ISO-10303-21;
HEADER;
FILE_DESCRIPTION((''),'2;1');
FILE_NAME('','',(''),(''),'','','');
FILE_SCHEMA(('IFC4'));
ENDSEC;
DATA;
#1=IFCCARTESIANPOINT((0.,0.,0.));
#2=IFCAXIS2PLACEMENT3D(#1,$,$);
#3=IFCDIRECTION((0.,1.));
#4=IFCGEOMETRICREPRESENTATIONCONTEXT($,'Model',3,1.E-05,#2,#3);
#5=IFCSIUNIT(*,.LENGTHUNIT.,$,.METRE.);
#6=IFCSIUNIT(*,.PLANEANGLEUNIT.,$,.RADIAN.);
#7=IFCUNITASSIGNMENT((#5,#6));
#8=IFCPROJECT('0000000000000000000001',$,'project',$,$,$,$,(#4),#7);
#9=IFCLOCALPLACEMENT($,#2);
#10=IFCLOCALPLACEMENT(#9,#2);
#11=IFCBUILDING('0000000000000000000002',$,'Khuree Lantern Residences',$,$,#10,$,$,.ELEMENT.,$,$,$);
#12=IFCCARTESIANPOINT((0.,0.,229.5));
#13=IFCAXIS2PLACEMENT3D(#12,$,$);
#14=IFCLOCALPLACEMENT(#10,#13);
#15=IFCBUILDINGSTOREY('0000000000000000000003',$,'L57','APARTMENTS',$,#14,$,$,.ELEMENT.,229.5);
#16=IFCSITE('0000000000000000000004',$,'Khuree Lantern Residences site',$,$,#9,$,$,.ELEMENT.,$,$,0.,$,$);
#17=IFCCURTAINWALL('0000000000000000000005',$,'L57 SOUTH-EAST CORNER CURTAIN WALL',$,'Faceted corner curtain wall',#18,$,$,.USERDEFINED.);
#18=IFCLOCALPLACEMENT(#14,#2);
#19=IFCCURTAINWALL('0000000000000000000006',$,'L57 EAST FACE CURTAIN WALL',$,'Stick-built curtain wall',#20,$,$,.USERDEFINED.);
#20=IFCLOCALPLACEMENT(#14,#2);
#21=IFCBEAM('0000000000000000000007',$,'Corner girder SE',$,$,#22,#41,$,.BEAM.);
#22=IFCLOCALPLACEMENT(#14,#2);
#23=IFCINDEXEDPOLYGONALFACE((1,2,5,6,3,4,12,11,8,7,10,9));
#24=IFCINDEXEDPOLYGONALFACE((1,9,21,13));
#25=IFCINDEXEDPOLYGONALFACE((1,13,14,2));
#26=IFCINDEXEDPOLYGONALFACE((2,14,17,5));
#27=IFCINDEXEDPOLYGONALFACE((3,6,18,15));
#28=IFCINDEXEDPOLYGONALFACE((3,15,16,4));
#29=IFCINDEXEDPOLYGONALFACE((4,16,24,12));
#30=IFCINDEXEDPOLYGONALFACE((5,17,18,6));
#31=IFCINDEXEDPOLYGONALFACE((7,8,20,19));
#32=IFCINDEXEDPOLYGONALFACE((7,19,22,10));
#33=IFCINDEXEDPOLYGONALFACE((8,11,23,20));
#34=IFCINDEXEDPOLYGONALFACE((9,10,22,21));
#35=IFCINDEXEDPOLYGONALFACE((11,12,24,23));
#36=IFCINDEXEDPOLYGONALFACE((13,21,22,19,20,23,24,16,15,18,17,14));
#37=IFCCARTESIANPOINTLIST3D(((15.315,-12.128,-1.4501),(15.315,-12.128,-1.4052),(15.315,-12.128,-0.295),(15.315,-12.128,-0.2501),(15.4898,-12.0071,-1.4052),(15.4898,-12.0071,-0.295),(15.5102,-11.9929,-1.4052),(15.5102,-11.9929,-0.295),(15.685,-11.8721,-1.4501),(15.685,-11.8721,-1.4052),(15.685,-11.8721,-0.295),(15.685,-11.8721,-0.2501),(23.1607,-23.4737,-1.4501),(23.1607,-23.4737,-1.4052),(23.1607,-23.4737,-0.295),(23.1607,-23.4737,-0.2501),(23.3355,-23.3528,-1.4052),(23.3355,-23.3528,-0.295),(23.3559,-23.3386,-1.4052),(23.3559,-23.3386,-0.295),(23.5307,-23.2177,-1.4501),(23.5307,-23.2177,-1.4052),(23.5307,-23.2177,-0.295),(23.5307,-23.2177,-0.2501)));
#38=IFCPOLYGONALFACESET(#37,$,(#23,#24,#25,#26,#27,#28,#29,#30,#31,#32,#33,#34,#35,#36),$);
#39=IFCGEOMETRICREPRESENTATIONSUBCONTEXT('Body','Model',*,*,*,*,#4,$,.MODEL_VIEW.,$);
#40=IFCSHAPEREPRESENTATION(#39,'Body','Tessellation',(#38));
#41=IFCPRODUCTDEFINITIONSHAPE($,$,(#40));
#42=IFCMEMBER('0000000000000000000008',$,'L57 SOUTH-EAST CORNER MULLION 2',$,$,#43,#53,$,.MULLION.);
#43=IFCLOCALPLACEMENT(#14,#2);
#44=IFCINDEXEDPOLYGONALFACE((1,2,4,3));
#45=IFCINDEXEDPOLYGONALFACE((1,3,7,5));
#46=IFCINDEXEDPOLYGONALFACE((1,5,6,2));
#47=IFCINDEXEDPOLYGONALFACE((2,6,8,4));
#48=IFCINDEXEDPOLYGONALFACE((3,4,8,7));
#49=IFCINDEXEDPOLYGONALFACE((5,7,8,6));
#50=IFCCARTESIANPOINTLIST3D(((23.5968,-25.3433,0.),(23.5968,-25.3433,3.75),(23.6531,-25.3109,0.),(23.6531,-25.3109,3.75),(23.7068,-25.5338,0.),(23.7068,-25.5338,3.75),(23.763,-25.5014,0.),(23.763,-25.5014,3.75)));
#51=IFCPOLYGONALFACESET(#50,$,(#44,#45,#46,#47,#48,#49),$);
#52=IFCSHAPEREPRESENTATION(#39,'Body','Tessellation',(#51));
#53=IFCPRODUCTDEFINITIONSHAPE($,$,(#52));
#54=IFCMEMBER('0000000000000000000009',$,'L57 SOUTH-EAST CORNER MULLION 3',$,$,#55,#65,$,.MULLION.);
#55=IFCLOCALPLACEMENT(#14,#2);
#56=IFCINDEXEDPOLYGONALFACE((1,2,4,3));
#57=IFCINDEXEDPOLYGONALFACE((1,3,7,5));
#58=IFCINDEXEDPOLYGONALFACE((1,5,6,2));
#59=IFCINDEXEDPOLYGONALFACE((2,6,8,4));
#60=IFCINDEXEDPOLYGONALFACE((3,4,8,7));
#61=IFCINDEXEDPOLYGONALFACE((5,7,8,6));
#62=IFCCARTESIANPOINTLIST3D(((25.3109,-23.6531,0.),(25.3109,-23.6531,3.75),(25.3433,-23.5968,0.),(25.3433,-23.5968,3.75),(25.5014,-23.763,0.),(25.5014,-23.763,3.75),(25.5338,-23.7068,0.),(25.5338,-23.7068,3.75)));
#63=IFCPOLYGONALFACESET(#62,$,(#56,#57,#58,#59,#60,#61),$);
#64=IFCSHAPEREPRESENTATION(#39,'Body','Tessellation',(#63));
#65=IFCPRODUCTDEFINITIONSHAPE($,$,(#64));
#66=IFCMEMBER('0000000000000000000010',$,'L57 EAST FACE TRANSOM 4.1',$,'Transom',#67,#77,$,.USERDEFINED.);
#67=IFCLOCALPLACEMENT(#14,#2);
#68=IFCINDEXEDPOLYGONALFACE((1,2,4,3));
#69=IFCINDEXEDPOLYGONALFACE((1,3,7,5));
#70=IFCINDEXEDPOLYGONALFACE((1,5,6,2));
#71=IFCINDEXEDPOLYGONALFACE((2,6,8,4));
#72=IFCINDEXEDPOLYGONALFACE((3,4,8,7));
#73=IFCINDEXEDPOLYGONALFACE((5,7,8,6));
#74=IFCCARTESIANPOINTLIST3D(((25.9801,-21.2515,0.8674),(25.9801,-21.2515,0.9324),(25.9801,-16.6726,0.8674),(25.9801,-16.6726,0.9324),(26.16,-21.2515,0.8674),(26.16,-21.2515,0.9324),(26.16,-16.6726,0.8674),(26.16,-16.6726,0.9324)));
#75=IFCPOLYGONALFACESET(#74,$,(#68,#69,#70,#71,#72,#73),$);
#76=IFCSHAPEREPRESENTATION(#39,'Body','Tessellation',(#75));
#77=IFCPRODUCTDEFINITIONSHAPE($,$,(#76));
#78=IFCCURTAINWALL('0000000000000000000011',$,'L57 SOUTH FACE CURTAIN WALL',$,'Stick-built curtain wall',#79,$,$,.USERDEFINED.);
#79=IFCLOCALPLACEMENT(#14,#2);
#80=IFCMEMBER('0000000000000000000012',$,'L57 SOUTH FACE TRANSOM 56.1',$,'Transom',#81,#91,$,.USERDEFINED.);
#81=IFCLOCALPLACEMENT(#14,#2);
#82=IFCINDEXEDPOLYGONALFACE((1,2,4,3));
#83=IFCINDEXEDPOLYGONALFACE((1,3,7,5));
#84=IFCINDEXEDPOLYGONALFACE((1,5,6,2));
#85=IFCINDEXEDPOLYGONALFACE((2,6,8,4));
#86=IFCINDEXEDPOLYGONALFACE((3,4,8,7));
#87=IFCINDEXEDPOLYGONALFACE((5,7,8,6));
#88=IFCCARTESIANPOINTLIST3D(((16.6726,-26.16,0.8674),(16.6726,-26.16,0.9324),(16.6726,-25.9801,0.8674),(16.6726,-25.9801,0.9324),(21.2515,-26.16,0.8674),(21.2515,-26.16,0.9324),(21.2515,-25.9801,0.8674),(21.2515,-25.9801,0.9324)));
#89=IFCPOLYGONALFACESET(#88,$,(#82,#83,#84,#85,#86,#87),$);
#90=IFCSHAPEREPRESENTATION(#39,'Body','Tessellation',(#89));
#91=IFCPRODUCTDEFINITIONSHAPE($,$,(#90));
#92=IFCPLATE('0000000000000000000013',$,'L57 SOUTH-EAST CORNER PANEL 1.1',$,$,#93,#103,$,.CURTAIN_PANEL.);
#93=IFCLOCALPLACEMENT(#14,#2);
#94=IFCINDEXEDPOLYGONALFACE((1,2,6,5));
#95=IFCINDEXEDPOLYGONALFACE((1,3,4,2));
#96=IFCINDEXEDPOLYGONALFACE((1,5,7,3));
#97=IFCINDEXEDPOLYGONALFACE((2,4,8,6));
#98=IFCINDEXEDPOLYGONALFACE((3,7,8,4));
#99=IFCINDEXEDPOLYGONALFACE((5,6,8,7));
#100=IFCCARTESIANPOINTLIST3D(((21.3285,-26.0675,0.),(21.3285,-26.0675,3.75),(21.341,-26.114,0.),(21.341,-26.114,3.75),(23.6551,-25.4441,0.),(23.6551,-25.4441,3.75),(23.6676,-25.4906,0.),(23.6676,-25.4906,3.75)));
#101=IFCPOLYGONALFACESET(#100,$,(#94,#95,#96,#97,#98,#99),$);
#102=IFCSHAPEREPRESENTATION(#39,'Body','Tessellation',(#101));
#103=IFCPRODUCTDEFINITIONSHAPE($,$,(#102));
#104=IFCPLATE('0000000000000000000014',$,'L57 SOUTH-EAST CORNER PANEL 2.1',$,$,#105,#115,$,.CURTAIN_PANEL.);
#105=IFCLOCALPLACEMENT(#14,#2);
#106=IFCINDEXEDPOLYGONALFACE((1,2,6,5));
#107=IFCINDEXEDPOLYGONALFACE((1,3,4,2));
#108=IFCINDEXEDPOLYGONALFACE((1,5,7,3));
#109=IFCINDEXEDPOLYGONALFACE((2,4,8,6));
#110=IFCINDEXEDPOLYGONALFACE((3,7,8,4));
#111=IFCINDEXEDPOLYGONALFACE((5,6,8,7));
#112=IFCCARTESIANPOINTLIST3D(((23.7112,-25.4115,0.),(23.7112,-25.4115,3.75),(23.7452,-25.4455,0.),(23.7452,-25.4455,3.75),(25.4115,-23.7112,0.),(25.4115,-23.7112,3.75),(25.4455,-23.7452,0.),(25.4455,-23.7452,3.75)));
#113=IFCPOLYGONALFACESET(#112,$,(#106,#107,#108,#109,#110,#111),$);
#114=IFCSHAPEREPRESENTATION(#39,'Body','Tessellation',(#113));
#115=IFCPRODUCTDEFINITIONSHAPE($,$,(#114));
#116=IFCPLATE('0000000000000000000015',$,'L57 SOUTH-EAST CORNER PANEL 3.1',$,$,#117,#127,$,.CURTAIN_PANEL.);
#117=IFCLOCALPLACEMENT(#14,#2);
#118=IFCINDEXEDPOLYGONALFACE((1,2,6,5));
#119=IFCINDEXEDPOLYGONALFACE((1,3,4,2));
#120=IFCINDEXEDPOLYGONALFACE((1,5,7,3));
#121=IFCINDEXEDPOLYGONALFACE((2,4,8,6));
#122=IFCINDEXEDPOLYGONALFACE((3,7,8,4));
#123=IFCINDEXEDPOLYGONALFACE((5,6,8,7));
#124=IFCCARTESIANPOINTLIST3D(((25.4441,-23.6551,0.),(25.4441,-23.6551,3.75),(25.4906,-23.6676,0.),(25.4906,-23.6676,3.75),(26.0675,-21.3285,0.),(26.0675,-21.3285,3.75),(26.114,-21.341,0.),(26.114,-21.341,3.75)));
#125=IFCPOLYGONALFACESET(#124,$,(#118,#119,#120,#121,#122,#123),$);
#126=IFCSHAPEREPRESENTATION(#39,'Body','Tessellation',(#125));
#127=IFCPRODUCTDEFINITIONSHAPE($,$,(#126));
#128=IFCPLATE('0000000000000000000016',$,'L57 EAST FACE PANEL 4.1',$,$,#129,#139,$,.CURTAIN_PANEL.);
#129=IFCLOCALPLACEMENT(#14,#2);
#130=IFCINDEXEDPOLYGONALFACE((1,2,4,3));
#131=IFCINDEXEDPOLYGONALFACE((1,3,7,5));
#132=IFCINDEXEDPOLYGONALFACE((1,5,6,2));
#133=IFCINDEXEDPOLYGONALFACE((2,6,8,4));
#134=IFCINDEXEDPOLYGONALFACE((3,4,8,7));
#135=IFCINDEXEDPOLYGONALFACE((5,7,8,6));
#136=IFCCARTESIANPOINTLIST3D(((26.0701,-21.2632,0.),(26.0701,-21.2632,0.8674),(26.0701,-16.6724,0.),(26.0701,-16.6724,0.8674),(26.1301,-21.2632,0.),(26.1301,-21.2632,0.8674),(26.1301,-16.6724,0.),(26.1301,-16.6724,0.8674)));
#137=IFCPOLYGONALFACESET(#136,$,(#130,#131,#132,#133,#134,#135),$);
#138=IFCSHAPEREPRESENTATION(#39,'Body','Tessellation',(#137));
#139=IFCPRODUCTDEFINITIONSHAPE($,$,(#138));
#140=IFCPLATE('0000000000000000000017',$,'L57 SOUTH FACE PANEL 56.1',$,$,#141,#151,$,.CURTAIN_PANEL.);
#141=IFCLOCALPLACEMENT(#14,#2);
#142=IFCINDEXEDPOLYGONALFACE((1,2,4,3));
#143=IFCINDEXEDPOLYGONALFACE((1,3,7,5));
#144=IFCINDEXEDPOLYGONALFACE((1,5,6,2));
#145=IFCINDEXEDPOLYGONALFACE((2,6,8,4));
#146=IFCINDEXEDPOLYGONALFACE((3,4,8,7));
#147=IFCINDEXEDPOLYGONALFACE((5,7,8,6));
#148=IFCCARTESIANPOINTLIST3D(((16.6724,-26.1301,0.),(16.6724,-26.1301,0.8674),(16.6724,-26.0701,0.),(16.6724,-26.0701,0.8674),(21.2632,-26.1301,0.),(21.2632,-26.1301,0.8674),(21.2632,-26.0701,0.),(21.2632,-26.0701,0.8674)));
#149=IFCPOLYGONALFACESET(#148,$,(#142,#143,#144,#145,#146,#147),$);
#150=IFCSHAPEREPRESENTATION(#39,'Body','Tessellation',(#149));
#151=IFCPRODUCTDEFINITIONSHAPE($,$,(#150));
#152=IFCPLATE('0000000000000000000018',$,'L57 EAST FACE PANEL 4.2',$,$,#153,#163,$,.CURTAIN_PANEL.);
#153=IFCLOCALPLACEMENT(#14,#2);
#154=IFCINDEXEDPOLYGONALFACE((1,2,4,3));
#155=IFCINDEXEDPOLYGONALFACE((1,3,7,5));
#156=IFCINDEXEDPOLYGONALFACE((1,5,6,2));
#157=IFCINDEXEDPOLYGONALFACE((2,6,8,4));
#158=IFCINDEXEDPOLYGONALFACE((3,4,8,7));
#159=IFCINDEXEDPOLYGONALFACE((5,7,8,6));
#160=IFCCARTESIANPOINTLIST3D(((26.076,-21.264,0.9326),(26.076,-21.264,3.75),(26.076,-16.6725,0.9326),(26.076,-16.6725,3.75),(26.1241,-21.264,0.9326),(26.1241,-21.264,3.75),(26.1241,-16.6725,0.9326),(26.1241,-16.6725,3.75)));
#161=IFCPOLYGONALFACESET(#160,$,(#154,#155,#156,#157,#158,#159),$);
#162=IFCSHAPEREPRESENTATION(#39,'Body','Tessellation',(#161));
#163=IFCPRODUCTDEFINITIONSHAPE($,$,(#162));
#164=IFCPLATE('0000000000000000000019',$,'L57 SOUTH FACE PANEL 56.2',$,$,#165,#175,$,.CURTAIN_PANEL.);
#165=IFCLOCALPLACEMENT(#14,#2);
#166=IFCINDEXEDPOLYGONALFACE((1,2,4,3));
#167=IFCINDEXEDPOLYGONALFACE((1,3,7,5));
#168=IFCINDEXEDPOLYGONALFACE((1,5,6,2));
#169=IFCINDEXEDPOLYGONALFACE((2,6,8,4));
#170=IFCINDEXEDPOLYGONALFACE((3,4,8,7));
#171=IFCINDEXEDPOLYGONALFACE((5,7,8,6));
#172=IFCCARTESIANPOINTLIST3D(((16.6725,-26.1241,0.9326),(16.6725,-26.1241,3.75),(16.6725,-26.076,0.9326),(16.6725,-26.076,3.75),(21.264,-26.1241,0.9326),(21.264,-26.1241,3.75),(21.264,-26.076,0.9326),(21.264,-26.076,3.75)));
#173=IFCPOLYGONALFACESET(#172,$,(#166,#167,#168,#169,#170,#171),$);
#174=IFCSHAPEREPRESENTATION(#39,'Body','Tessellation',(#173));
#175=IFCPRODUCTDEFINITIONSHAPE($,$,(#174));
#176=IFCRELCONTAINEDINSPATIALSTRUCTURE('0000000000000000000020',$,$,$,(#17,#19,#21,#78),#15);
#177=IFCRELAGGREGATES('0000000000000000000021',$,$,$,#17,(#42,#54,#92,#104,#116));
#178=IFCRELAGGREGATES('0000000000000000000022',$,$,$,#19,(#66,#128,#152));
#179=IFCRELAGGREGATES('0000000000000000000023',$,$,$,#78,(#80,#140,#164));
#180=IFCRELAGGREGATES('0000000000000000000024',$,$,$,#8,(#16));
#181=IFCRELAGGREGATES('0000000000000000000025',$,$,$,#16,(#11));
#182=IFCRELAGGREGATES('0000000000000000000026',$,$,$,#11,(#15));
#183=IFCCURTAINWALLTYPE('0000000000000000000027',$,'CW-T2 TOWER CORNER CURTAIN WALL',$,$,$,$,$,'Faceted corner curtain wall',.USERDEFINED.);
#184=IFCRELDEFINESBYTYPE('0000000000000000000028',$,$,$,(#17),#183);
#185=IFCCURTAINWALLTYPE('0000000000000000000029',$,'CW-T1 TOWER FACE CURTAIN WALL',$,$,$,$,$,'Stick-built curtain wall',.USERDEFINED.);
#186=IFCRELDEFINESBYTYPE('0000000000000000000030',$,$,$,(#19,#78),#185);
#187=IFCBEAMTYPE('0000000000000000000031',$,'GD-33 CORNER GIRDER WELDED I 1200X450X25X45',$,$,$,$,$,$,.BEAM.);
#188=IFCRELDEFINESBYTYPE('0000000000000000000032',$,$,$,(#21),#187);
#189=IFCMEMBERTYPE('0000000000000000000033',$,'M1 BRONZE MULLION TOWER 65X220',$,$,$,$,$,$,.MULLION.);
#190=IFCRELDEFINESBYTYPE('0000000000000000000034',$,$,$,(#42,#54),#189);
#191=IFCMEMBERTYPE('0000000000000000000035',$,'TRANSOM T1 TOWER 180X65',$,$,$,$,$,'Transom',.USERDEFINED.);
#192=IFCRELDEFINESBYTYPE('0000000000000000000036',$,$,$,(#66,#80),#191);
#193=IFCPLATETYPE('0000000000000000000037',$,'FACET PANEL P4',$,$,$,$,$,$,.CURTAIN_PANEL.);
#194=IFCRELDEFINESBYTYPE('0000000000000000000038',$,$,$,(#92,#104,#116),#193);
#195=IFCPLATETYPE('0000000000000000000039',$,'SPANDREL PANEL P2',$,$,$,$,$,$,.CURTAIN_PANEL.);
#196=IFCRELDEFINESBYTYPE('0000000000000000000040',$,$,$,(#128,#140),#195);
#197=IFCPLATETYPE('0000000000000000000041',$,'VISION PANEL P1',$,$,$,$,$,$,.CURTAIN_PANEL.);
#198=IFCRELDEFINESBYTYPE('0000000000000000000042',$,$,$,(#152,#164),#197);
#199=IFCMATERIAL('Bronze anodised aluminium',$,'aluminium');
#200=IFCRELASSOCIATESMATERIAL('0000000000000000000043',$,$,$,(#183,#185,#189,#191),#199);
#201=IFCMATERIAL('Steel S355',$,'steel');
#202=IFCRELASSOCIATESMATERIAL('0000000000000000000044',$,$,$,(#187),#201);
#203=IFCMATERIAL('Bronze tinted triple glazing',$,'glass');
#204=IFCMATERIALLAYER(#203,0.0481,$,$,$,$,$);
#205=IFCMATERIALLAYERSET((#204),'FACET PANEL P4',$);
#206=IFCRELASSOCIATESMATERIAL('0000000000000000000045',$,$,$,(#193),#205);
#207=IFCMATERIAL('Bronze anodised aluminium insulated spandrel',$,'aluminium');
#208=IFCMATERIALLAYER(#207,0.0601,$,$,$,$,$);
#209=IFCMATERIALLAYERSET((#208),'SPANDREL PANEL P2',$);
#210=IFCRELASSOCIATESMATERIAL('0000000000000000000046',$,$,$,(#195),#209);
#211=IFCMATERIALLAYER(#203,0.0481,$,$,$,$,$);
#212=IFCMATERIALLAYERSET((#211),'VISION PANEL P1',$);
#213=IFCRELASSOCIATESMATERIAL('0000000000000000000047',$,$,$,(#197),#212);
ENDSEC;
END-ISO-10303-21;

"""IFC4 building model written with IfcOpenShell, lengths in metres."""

from ifc_helpers import new_model, si_unit, direction, frame, origin, origin_2d, place, context, subcontext, project, spatial, rectangle, i_section, extrude, material, layer, layer_set, material_profile, profile_set, type_object, element, aggregate, save


model = new_model("IFC4")

# Units and contexts
model_context = context("Model", 3, precision=1e-05, world=origin(), true_north=direction((0.0, 1.0)))
body_context = subcontext(model_context, "Body", "Model", "MODEL_VIEW")
ifc_project = project(units=[si_unit("LENGTHUNIT", "METRE"), si_unit("PLANEANGLEUNIT", "RADIAN")], contexts=[model_context])

# Site, building, storey
site_placement = place(None, origin())
site = spatial("IfcSite", under=ifc_project, at=site_placement, Name="Khuree Lantern Residences site", CompositionType="ELEMENT", RefElevation=0.0)
building_placement = place(site_placement, origin())
building = spatial("IfcBuilding", under=site, at=building_placement, Name="Khuree Lantern Residences", CompositionType="ELEMENT")
storey_placement = place(building_placement, frame((0.0, 0.0, 229.5)))
storey = spatial("IfcBuildingStorey", under=building, at=storey_placement, Name="L57", Description="APARTMENTS", CompositionType="ELEMENT", Elevation=229.5)

# Shared definitions
ifc_material_1 = material(Name="Steel S355", Category="steel")

# Curtain walls
ifc_material_2 = material(Name="Bronze anodised aluminium", Category="aluminium")
curtain_wall_type_1 = type_object("IfcCurtainWallType", Name="CW-T2 TOWER CORNER CURTAIN WALL", ElementType="Faceted corner curtain wall", PredefinedType="USERDEFINED", material=ifc_material_2)
curtain_wall_1_placement = place(storey_placement, origin())
curtain_wall_1 = element("IfcCurtainWall", 1, at=curtain_wall_1_placement, inside=storey, type_object=curtain_wall_type_1, Name="L57 SOUTH-EAST CORNER CURTAIN WALL", ObjectType="Faceted corner curtain wall", PredefinedType="USERDEFINED")
curtain_wall_type_2 = type_object("IfcCurtainWallType", Name="CW-T1 TOWER FACE CURTAIN WALL", ElementType="Stick-built curtain wall", PredefinedType="USERDEFINED", material=ifc_material_2)
curtain_wall_2_placement = place(storey_placement, origin())
curtain_wall_2 = element("IfcCurtainWall", 2, at=curtain_wall_2_placement, inside=storey, type_object=curtain_wall_type_2, Name="L57 EAST FACE CURTAIN WALL", ObjectType="Stick-built curtain wall", PredefinedType="USERDEFINED")

# Beam
ifc_material_profile_1 = material_profile(ifc_material_1, i_section(OverallWidth=0.45, OverallDepth=1.2, WebThickness=0.0249, FlangeThickness=0.0449, at=origin_2d()), Name="WELDED I 1200X450X25X45")
ifc_profile_set_1 = profile_set([ifc_material_profile_1], Name="Steel S355")
beam_type_1 = type_object("IfcBeamType", Name="GD-33 CORNER GIRDER WELDED I 1200X450X25X45", PredefinedType="BEAM", material=ifc_profile_set_1)
beam_1_placement = place(storey_placement, frame((23.3457, -23.3457, -0.8501), z_axis=(-0.568768, 0.822498, 0.0), x_axis=(-0.822498, -0.568768, 0.0)))
element("IfcBeam", 3, at=beam_1_placement, inside=storey, type_object=beam_type_1, Name="Corner girder SE", PredefinedType="BEAM", context=body_context, shape_type="SweptSolid", body=[
    extrude(i_section(OverallWidth=0.45, OverallDepth=1.2, WebThickness=0.0249, FlangeThickness=0.0449, at=origin_2d()), origin(), (0.0, 0.0, 1.0), 13.7942),
])

# Members
ifc_material_profile_2 = material_profile(ifc_material_2, rectangle(XDim=0.0649, YDim=0.22, at=origin_2d()), Name="M1 65X220")
ifc_profile_set_2 = profile_set([ifc_material_profile_2], Name="Bronze anodised aluminium")
member_type_1 = type_object("IfcMemberType", Name="M1 BRONZE MULLION TOWER 65X220", PredefinedType="MULLION", material=ifc_profile_set_2)
member_1_placement = place(storey_placement, frame((23.6799, -25.4224, 0.0), z_axis=(0.0, 0.0, 1.0), x_axis=(0.866025, 0.5, 0.0)))
member_1 = element("IfcMember", 4, at=member_1_placement, type_object=member_type_1, Name="L57 SOUTH-EAST CORNER MULLION 2", PredefinedType="MULLION", context=body_context, shape_type="SweptSolid", body=[
    extrude(rectangle(XDim=0.0649, YDim=0.22, at=origin_2d()), origin(), (0.0, 0.0, 1.0), 3.75),
])
member_2_placement = place(storey_placement, frame((25.4224, -23.6799, 0.0), z_axis=(0.0, 0.0, 1.0), x_axis=(0.5, 0.866025, 0.0)))
member_2 = element("IfcMember", 5, at=member_2_placement, type_object=member_type_1, Name="L57 SOUTH-EAST CORNER MULLION 3", PredefinedType="MULLION", context=body_context, shape_type="SweptSolid", body=[
    extrude(rectangle(XDim=0.0649, YDim=0.22, at=origin_2d()), origin(), (0.0, 0.0, 1.0), 3.75),
])
ifc_material_profile_3 = material_profile(ifc_material_2, rectangle(XDim=0.1799, YDim=0.0649, at=origin_2d()), Name="T1 180X65")
ifc_profile_set_3 = profile_set([ifc_material_profile_3], Name="Bronze anodised aluminium")
member_type_2 = type_object("IfcMemberType", Name="TRANSOM T1 TOWER 180X65", ElementType="Transom", PredefinedType="USERDEFINED", material=ifc_profile_set_3)
member_3_placement = place(storey_placement, frame((26.0701, -21.2515, 0.8999), z_axis=(0.0, 1.0, 0.0), x_axis=(-1.0, 0.0, 0.0)))
member_3 = element("IfcMember", 6, at=member_3_placement, type_object=member_type_2, Name="L57 EAST FACE TRANSOM 4.1", ObjectType="Transom", PredefinedType="USERDEFINED", context=body_context, shape_type="SweptSolid", body=[
    extrude(rectangle(XDim=0.1799, YDim=0.0649, at=origin_2d()), origin(), (0.0, 0.0, 1.0), 4.5789),
])

# Curtain wall, member
curtain_wall_3_placement = place(storey_placement, origin())
curtain_wall_3 = element("IfcCurtainWall", 7, at=curtain_wall_3_placement, inside=storey, type_object=curtain_wall_type_2, Name="L57 SOUTH FACE CURTAIN WALL", ObjectType="Stick-built curtain wall", PredefinedType="USERDEFINED")
member_4_placement = place(storey_placement, frame((16.6726, -26.0701, 0.8999), z_axis=(1.0, 0.0, 0.0), x_axis=(0.0, 1.0, 0.0)))
member_4 = element("IfcMember", 8, at=member_4_placement, type_object=member_type_2, Name="L57 SOUTH FACE TRANSOM 56.1", ObjectType="Transom", PredefinedType="USERDEFINED", context=body_context, shape_type="SweptSolid", body=[
    extrude(rectangle(XDim=0.1799, YDim=0.0649, at=origin_2d()), origin(), (0.0, 0.0, 1.0), 4.5789),
])

# Plates
ifc_material_3 = material(Name="Bronze tinted triple glazing", Category="glass")
ifc_layer_1 = layer(ifc_material_3, 0.0481)
ifc_layer_set_1 = layer_set([ifc_layer_1], Name="FACET PANEL P4")
plate_type_1 = type_object("IfcPlateType", Name="FACET PANEL P4", PredefinedType="CURTAIN_PANEL", material=ifc_layer_set_1)
plate_1_placement = place(storey_placement, frame((22.498, -25.7791, 0.0), z_axis=(0.0, 0.0, 1.0), x_axis=(0.965926, 0.258819, 0.0)))
plate_1 = element("IfcPlate", 9, at=plate_1_placement, type_object=plate_type_1, Name="L57 SOUTH-EAST CORNER PANEL 1.1", PredefinedType="CURTAIN_PANEL", context=body_context, shape_type="SweptSolid", body=[
    extrude(rectangle(XDim=2.4087, YDim=0.0481, at=origin_2d()), origin(), (0.0, 0.0, 1.0), 3.75),
])
plate_2_placement = place(storey_placement, frame((24.5784, -24.5784, 0.0), z_axis=(0.0, 0.0, 1.0), x_axis=(0.707107, 0.707107, 0.0)))
plate_2 = element("IfcPlate", 10, at=plate_2_placement, type_object=plate_type_1, Name="L57 SOUTH-EAST CORNER PANEL 2.1", PredefinedType="CURTAIN_PANEL", context=body_context, shape_type="SweptSolid", body=[
    extrude(rectangle(XDim=2.4045, YDim=0.0481, at=origin_2d()), origin(), (0.0, 0.0, 1.0), 3.75),
])
plate_3_placement = place(storey_placement, frame((25.7791, -22.498, 0.0), z_axis=(0.0, 0.0, 1.0), x_axis=(0.258819, 0.965926, 0.0)))
plate_3 = element("IfcPlate", 11, at=plate_3_placement, type_object=plate_type_1, Name="L57 SOUTH-EAST CORNER PANEL 3.1", PredefinedType="CURTAIN_PANEL", context=body_context, shape_type="SweptSolid", body=[
    extrude(rectangle(XDim=2.4087, YDim=0.0481, at=origin_2d()), origin(), (0.0, 0.0, 1.0), 3.75),
])
aggregate(curtain_wall_1, [member_1, member_2, plate_1, plate_2, plate_3])
ifc_material_4 = material(Name="Bronze anodised aluminium insulated spandrel", Category="aluminium")
ifc_layer_2 = layer(ifc_material_4, 0.0601)
ifc_layer_set_2 = layer_set([ifc_layer_2], Name="SPANDREL PANEL P2")
plate_type_2 = type_object("IfcPlateType", Name="SPANDREL PANEL P2", PredefinedType="CURTAIN_PANEL", material=ifc_layer_set_2)
plate_4_placement = place(storey_placement, frame((26.1001, -18.9678, 0.0), z_axis=(0.0, 0.0, 1.0), x_axis=(0.0, 1.0, 0.0)))
plate_4 = element("IfcPlate", 12, at=plate_4_placement, type_object=plate_type_2, Name="L57 EAST FACE PANEL 4.1", PredefinedType="CURTAIN_PANEL", context=body_context, shape_type="SweptSolid", body=[
    extrude(rectangle(XDim=4.5908, YDim=0.0601, at=origin_2d()), origin(), (0.0, 0.0, 1.0), 0.8674),
])
plate_5_placement = place(storey_placement, frame((18.9678, -26.1001, 0.0), z_axis=(0.0, 0.0, 1.0), x_axis=(1.0, 0.0, 0.0)))
plate_5 = element("IfcPlate", 13, at=plate_5_placement, type_object=plate_type_2, Name="L57 SOUTH FACE PANEL 56.1", PredefinedType="CURTAIN_PANEL", context=body_context, shape_type="SweptSolid", body=[
    extrude(rectangle(XDim=4.5908, YDim=0.0601, at=origin_2d()), origin(), (0.0, 0.0, 1.0), 0.8674),
])
ifc_layer_3 = layer(ifc_material_3, 0.0481)
ifc_layer_set_3 = layer_set([ifc_layer_3], Name="VISION PANEL P1")
plate_type_3 = type_object("IfcPlateType", Name="VISION PANEL P1", PredefinedType="CURTAIN_PANEL", material=ifc_layer_set_3)
plate_6_placement = place(storey_placement, frame((26.1001, -18.9683, 0.9326), z_axis=(0.0, 0.0, 1.0), x_axis=(0.0, 1.0, 0.0)))
plate_6 = element("IfcPlate", 14, at=plate_6_placement, type_object=plate_type_3, Name="L57 EAST FACE PANEL 4.2", PredefinedType="CURTAIN_PANEL", context=body_context, shape_type="SweptSolid", body=[
    extrude(rectangle(XDim=4.5916, YDim=0.0481, at=origin_2d()), origin(), (0.0, 0.0, 1.0), 2.8174),
])
aggregate(curtain_wall_2, [member_3, plate_4, plate_6])
plate_7_placement = place(storey_placement, frame((18.9683, -26.1001, 0.9326), z_axis=(0.0, 0.0, 1.0), x_axis=(1.0, 0.0, 0.0)))
plate_7 = element("IfcPlate", 15, at=plate_7_placement, type_object=plate_type_3, Name="L57 SOUTH FACE PANEL 56.2", PredefinedType="CURTAIN_PANEL", context=body_context, shape_type="SweptSolid", body=[
    extrude(rectangle(XDim=4.5916, YDim=0.0481, at=origin_2d()), origin(), (0.0, 0.0, 1.0), 2.8174),
])
aggregate(curtain_wall_3, [member_4, plate_5, plate_7])

save(model, "model.ifc")
